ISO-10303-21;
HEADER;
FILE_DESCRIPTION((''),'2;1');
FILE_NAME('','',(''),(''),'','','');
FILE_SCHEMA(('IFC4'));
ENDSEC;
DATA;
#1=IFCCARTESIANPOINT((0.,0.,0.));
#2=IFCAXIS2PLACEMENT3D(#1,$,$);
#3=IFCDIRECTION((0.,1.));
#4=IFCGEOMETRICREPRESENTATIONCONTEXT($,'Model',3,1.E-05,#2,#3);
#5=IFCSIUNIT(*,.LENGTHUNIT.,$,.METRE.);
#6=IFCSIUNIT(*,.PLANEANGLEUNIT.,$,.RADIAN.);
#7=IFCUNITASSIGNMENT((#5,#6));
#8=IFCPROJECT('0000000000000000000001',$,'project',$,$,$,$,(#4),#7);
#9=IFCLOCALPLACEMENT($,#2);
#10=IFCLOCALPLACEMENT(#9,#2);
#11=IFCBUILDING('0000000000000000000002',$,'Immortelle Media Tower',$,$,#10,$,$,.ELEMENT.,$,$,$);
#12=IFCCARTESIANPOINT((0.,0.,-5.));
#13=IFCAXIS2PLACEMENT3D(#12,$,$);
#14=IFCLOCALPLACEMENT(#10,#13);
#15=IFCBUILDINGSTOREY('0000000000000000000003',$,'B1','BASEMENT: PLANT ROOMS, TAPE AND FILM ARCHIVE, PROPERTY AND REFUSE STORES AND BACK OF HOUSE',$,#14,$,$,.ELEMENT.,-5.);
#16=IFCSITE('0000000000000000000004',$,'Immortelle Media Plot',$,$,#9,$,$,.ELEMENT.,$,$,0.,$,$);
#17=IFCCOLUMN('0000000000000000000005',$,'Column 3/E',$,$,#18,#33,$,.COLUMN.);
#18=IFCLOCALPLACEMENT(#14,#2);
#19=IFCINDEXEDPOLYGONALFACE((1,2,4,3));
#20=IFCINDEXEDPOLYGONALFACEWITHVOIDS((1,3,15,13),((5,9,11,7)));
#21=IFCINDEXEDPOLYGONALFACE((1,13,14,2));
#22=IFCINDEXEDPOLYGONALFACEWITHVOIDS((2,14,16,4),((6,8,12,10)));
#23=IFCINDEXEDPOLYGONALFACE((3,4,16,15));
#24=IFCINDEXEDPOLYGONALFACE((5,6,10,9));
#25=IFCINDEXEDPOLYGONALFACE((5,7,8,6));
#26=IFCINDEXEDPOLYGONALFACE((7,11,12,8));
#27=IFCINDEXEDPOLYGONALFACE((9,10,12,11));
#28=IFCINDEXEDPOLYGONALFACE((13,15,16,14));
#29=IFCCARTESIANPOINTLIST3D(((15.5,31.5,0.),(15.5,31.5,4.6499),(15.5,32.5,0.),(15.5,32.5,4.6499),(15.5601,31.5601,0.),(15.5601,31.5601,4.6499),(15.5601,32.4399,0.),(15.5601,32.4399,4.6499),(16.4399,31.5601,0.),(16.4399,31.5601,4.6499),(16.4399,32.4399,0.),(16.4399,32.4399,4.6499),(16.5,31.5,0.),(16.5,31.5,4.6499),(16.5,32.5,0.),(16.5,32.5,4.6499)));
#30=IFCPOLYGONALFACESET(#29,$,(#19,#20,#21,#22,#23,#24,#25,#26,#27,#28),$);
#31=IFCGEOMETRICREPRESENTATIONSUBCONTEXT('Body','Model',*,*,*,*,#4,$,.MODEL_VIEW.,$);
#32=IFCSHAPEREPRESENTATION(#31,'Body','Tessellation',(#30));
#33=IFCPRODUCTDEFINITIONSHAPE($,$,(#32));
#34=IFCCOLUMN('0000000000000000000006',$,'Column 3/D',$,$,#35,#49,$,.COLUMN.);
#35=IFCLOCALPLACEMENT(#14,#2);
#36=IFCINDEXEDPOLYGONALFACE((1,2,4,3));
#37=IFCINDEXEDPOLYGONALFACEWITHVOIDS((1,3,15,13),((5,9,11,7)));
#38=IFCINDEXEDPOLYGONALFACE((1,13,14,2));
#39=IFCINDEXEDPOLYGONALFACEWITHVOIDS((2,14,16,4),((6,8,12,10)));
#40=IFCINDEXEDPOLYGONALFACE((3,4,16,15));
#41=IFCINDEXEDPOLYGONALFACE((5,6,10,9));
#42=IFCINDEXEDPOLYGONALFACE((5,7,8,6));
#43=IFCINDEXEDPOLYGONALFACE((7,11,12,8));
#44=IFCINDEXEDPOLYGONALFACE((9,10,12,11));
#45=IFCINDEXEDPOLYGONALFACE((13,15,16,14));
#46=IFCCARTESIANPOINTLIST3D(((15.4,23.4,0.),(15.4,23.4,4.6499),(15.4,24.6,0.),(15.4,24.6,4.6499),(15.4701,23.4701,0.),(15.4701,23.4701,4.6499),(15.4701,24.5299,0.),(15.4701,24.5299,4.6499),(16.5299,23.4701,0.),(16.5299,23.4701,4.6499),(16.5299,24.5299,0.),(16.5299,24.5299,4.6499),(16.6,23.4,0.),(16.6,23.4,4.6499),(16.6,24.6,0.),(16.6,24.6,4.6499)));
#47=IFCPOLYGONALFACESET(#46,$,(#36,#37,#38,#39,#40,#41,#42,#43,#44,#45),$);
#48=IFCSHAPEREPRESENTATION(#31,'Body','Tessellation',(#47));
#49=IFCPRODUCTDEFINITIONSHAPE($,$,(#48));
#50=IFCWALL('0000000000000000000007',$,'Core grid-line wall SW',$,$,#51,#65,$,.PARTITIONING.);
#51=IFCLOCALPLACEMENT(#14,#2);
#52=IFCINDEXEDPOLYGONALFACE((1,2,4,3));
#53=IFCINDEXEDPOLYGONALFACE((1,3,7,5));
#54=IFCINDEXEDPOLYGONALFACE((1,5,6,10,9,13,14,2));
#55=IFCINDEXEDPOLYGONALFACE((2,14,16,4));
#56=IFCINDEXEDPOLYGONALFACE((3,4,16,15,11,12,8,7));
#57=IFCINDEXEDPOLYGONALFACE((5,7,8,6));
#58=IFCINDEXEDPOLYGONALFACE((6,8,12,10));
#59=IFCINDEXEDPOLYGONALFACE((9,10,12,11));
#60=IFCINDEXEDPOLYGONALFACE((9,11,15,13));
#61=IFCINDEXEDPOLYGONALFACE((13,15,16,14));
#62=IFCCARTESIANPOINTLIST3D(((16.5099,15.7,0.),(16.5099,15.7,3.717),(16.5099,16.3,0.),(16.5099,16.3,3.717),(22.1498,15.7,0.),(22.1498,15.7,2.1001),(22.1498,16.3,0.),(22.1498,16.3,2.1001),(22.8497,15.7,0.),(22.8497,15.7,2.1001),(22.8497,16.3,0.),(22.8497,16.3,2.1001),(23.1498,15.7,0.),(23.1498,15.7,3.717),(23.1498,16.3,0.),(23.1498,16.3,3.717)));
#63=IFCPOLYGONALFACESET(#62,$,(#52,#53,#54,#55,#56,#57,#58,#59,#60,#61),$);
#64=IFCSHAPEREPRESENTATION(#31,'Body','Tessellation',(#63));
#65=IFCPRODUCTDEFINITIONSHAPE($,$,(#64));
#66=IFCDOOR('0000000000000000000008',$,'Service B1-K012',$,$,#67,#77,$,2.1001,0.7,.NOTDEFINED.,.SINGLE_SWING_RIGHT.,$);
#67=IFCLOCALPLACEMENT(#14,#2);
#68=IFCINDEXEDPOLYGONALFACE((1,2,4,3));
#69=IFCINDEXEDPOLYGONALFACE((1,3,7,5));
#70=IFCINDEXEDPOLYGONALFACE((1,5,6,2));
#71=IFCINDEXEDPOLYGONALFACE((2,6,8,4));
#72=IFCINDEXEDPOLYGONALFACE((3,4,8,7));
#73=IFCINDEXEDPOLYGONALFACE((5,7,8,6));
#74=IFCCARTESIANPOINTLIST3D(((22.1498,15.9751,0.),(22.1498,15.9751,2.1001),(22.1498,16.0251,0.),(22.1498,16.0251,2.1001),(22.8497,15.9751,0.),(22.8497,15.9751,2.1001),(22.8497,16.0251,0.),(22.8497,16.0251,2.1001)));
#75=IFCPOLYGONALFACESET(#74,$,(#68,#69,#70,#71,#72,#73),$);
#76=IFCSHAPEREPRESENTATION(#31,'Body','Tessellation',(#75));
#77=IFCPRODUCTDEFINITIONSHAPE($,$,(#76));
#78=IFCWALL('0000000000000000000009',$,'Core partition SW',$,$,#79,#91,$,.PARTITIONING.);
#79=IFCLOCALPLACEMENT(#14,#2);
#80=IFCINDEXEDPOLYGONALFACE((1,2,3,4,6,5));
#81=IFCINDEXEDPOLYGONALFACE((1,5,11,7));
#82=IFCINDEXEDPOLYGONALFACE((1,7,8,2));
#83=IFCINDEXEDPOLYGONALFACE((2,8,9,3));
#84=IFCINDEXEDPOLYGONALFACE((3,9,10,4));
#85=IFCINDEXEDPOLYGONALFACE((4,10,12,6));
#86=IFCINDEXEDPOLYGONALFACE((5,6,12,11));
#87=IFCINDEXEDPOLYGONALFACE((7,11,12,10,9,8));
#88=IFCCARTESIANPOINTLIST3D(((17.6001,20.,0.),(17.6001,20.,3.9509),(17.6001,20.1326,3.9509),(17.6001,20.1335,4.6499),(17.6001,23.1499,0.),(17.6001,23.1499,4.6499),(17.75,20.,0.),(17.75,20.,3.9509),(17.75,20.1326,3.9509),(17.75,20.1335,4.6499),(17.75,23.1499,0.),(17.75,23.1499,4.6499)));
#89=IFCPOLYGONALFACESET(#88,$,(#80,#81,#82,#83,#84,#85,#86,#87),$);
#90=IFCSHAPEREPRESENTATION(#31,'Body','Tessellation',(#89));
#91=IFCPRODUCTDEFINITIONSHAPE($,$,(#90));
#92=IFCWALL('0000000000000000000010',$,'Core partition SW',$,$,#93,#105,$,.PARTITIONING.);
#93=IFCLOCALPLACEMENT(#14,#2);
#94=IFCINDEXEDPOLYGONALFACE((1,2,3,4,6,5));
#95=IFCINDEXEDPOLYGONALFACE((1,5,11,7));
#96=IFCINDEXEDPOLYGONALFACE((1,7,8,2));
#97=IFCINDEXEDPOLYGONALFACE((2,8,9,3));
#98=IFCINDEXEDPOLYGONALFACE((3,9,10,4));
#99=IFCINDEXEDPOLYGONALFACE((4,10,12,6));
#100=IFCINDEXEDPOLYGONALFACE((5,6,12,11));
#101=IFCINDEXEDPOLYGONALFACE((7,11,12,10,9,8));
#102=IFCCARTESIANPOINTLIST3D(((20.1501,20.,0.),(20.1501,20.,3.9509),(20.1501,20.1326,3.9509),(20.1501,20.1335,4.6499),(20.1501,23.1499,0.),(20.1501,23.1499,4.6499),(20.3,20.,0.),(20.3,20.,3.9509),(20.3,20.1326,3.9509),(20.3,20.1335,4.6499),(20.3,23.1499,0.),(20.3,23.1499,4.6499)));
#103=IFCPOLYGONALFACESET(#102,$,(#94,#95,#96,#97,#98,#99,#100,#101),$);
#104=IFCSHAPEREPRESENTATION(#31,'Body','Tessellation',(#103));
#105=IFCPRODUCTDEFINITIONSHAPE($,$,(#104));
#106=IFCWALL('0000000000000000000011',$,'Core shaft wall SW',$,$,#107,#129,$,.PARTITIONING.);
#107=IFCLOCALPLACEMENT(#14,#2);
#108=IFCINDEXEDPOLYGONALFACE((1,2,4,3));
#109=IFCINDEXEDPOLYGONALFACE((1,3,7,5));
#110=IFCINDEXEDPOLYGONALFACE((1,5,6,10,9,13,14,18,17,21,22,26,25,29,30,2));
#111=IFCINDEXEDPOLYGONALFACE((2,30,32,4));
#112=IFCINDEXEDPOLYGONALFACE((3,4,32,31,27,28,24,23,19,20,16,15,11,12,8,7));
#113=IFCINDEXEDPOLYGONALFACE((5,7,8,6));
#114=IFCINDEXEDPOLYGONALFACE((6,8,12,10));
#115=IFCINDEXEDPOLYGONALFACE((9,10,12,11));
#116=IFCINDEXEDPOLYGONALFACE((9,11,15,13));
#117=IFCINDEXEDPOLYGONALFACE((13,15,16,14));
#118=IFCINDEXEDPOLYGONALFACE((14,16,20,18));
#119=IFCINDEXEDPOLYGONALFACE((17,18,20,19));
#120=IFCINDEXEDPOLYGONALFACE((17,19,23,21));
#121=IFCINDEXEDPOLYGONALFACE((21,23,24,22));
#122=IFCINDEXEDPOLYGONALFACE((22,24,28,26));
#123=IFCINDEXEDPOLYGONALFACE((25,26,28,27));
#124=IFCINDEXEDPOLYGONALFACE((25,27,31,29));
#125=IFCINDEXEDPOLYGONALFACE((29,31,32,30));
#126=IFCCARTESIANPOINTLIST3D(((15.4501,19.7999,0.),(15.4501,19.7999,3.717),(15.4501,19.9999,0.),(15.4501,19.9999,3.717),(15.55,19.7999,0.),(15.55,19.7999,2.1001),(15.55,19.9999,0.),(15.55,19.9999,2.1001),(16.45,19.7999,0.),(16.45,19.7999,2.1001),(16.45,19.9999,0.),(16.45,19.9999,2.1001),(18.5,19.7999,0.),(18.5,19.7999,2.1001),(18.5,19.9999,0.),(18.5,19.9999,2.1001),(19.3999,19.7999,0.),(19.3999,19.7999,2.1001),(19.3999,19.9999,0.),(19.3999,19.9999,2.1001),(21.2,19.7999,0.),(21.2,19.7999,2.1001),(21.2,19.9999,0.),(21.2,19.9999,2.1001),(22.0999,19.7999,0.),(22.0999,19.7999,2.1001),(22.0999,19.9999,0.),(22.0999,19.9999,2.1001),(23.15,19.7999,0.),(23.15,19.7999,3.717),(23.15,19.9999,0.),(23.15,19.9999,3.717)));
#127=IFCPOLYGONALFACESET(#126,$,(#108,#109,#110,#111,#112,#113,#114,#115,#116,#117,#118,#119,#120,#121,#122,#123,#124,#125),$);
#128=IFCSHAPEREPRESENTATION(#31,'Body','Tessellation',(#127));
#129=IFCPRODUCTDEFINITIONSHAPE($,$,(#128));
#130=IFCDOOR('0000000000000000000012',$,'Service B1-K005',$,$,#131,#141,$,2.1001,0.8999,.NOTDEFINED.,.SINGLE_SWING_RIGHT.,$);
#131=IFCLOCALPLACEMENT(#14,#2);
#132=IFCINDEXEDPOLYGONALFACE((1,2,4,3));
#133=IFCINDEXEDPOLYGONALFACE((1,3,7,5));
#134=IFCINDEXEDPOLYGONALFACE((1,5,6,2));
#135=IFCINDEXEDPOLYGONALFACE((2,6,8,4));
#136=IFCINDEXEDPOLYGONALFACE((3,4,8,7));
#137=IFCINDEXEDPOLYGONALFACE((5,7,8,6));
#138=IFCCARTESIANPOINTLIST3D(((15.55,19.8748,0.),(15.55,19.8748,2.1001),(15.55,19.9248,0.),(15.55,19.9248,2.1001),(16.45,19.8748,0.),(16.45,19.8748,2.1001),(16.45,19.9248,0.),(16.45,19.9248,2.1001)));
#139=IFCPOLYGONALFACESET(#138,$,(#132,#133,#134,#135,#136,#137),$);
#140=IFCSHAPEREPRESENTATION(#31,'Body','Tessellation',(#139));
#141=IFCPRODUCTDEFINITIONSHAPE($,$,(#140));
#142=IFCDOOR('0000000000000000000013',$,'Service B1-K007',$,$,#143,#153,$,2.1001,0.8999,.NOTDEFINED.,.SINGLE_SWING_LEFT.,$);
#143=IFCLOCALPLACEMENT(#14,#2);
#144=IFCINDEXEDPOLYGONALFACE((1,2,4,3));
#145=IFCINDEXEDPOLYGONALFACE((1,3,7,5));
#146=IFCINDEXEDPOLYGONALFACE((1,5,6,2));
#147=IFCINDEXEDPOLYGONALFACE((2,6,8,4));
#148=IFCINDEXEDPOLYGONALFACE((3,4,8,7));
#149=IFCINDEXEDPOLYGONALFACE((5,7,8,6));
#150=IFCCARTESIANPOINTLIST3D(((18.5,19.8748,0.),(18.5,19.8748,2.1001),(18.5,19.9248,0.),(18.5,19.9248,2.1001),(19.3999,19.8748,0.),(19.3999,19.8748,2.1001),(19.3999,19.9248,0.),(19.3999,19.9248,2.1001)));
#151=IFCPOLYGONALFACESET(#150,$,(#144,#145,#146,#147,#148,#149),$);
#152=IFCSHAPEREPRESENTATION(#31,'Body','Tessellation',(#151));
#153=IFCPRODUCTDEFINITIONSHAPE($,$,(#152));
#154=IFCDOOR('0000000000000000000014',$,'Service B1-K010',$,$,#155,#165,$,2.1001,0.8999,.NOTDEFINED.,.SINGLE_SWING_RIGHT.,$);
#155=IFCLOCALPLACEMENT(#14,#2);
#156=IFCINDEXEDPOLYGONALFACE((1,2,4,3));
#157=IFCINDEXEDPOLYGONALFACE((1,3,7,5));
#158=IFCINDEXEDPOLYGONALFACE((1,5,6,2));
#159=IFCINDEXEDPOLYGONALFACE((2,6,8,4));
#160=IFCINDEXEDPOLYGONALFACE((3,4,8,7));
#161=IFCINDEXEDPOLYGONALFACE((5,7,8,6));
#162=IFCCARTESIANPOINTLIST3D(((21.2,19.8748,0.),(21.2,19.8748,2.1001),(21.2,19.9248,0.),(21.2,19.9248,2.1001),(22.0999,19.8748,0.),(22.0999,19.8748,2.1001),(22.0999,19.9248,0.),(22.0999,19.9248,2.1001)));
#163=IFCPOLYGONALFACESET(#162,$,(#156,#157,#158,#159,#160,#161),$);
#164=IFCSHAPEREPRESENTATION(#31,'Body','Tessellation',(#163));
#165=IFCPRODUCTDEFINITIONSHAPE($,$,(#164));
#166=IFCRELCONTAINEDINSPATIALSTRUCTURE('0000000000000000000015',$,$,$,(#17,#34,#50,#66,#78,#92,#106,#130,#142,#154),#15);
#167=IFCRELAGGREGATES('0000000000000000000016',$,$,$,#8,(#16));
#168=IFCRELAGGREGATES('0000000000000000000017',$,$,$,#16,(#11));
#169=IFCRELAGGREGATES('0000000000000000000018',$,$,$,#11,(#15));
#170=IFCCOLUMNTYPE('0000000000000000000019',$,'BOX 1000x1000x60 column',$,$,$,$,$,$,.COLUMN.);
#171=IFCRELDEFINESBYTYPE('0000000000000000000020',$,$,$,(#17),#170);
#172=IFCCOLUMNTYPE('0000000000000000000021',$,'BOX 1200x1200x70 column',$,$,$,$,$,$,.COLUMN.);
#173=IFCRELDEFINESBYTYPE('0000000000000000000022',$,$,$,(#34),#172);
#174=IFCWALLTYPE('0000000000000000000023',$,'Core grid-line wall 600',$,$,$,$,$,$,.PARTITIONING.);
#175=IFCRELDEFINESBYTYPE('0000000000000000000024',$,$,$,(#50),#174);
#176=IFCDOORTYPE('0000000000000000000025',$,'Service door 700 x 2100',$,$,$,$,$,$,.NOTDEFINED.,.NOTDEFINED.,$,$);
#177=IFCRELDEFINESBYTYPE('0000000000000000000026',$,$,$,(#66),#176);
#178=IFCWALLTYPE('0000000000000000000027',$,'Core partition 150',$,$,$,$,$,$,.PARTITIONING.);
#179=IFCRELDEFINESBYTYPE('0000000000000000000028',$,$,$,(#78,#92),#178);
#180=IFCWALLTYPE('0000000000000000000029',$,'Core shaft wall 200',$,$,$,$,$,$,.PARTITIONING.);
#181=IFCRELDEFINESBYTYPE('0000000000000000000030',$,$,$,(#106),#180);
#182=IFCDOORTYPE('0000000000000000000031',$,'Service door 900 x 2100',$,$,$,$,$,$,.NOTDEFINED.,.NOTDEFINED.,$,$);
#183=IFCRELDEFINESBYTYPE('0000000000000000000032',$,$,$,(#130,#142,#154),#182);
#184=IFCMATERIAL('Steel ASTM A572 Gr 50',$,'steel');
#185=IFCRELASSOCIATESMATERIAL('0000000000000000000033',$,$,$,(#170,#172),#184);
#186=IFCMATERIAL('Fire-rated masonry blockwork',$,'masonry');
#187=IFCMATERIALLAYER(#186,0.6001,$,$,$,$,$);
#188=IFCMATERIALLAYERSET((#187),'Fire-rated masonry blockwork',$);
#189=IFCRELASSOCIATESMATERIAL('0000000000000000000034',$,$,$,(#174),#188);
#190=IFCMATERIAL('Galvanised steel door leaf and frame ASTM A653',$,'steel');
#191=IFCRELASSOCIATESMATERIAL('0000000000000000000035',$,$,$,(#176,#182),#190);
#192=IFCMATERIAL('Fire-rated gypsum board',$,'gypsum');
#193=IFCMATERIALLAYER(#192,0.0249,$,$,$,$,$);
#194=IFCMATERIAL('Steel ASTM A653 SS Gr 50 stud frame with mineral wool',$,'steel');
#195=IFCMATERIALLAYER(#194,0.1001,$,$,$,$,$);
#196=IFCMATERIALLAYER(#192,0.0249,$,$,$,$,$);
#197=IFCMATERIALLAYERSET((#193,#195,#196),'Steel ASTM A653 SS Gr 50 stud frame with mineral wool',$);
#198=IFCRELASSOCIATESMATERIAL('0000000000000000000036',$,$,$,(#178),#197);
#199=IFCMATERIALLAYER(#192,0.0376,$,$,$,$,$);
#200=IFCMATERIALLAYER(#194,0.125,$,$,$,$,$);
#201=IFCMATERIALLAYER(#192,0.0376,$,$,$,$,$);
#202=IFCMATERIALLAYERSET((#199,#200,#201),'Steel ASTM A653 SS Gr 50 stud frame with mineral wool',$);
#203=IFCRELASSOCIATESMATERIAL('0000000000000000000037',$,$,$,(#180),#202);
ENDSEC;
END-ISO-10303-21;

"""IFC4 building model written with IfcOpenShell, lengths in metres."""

from ifc_helpers import new_model, si_unit, direction, frame, frame_2d, origin, origin_2d, place, context, subcontext, project, spatial, polyline, rectangle, hollow_rectangle, outline, extrude, material, layer, layer_set, material_profile, profile_set, type_object, element, fill, save


model = new_model("IFC4")

# Units and contexts
model_context = context("Model", 3, precision=1e-05, world=origin(), true_north=direction((0.0, 1.0)))
body_context = subcontext(model_context, "Body", "Model", "MODEL_VIEW")
ifc_project = project(units=[si_unit("LENGTHUNIT", "METRE"), si_unit("PLANEANGLEUNIT", "RADIAN")], contexts=[model_context])

# Site, building, storey
site_placement = place(None, origin())
site = spatial("IfcSite", under=ifc_project, at=site_placement, Name="Immortelle Media Plot", CompositionType="ELEMENT", RefElevation=0.0)
building_placement = place(site_placement, origin())
building = spatial("IfcBuilding", under=site, at=building_placement, Name="Immortelle Media Tower", CompositionType="ELEMENT")
storey_placement = place(building_placement, frame((0.0, 0.0, -5.0)))
storey = spatial("IfcBuildingStorey", under=building, at=storey_placement, Name="B1", Description="BASEMENT: PLANT ROOMS, TAPE AND FILM ARCHIVE, PROPERTY AND REFUSE STORES AND BACK OF HOUSE", CompositionType="ELEMENT", Elevation=-5.0)

# Columns
ifc_material_1 = material(Name="Steel ASTM A572 Gr 50", Category="steel")
ifc_material_profile_1 = material_profile(ifc_material_1, hollow_rectangle(XDim=1.0, YDim=1.0, WallThickness=0.0601, at=origin_2d()), Name="BOX 1000x1000x60 column")
ifc_profile_set_1 = profile_set([ifc_material_profile_1], Name="Steel ASTM A572 Gr 50")
column_type_1 = type_object("IfcColumnType", Name="BOX 1000x1000x60 column", PredefinedType="COLUMN", material=ifc_profile_set_1)
column_1_placement = place(storey_placement, frame((16.0, 32.0, 0.0), z_axis=(0.0, 0.0, 1.0), x_axis=(1.0, 0.0, 0.0)))
element("IfcColumn", 1, at=column_1_placement, inside=storey, type_object=column_type_1, Name="Column 3/E", PredefinedType="COLUMN", context=body_context, shape_type="SweptSolid", body=[
    extrude(hollow_rectangle(XDim=1.0, YDim=1.0, WallThickness=0.0601, at=origin_2d()), origin(), (0.0, 0.0, 1.0), 4.6499),
])
ifc_material_profile_2 = material_profile(ifc_material_1, hollow_rectangle(XDim=1.2, YDim=1.2, WallThickness=0.0701, at=origin_2d()), Name="BOX 1200x1200x70 column")
ifc_profile_set_2 = profile_set([ifc_material_profile_2], Name="Steel ASTM A572 Gr 50")
column_type_2 = type_object("IfcColumnType", Name="BOX 1200x1200x70 column", PredefinedType="COLUMN", material=ifc_profile_set_2)
column_2_placement = place(storey_placement, frame((16.0, 24.0, 0.0), z_axis=(0.0, 0.0, 1.0), x_axis=(1.0, 0.0, 0.0)))
element("IfcColumn", 2, at=column_2_placement, inside=storey, type_object=column_type_2, Name="Column 3/D", PredefinedType="COLUMN", context=body_context, shape_type="SweptSolid", body=[
    extrude(hollow_rectangle(XDim=1.2, YDim=1.2, WallThickness=0.0701, at=origin_2d()), origin(), (0.0, 0.0, 1.0), 4.6499),
])

# Wall, opening, door
ifc_material_2 = material(Name="Fire-rated masonry blockwork", Category="masonry")
ifc_layer_1 = layer(ifc_material_2, 0.6001)
ifc_layer_set_1 = layer_set([ifc_layer_1], Name="Fire-rated masonry blockwork")
wall_type_1 = type_object("IfcWallType", Name="Core grid-line wall 600", PredefinedType="PARTITIONING", material=ifc_layer_set_1)
wall_1_placement = place(storey_placement, frame((16.51, 16.0, 0.0), z_axis=(0.0, 0.0, 1.0), x_axis=(1.0, 0.0, 0.0)))
wall_1 = element("IfcWall", 3, at=wall_1_placement, inside=storey, type_object=wall_type_1, Name="Core grid-line wall SW", PredefinedType="PARTITIONING", context=body_context, shape_type="SweptSolid", body=[
    extrude(rectangle(XDim=6.6399, YDim=0.6001, at=frame_2d((3.3198, 0.0))), origin(), (0.0, 0.0, 1.0), 3.717),
])
opening_1_placement = place(wall_1_placement, frame((6.3398, 0.0, 0.0), z_axis=(0.0, 0.0, 1.0), x_axis=(-1.0, 0.0, 0.0)))
opening_1 = element("IfcOpeningElement", 4, at=opening_1_placement, cuts=wall_1, PredefinedType="OPENING", context=body_context, shape_type="SweptSolid", body=[
    extrude(rectangle(XDim=0.7, YDim=2.1001, at=frame_2d((0.3501, 1.05))), frame((0.0, 0.3101, 0.0), z_axis=(0.0, -1.0, 0.0), x_axis=(1.0, 0.0, 0.0)), (0.0, 0.0, 1.0), 0.6201),
])
ifc_material_3 = material(Name="Galvanised steel door leaf and frame ASTM A653", Category="steel")
door_type_1 = type_object("IfcDoorType", Name="Service door 700 x 2100", OperationType="NOTDEFINED", PredefinedType="NOTDEFINED", material=ifc_material_3)
door_1_placement = place(opening_1_placement, origin())
door_1 = element("IfcDoor", 5, at=door_1_placement, inside=storey, type_object=door_type_1, Name="Service B1-K012", OperationType="SINGLE_SWING_RIGHT", OverallHeight=2.1001, OverallWidth=0.7, PredefinedType="NOTDEFINED", context=body_context, shape_type="SweptSolid", body=[
    extrude(rectangle(XDim=0.7, YDim=2.1001, at=frame_2d((0.3501, 1.05))), frame((0.0, 0.0249, 0.0), z_axis=(0.0, -1.0, 0.0), x_axis=(1.0, 0.0, 0.0)), (0.0, 0.0, 1.0), 0.05),
])
fill(opening_1, door_1)

# Walls
ifc_material_4 = material(Name="Fire-rated gypsum board", Category="gypsum")
ifc_layer_2 = layer(ifc_material_4, 0.0249)
ifc_material_5 = material(Name="Steel ASTM A653 SS Gr 50 stud frame with mineral wool", Category="steel")
ifc_layer_3 = layer(ifc_material_5, 0.1001)
ifc_layer_4 = layer(ifc_material_4, 0.0249)
ifc_layer_set_2 = layer_set([ifc_layer_2, ifc_layer_3, ifc_layer_4], Name="Steel ASTM A653 SS Gr 50 stud frame with mineral wool")
wall_type_2 = type_object("IfcWallType", Name="Core partition 150", PredefinedType="PARTITIONING", material=ifc_layer_set_2)
for number, where, z_axis, x_axis, name in (
    (6, (17.675, 20.0, 0.0), (0.0, 0.0, 1.0), (0.0, 1.0, 0.0), "Core partition SW"),
    (7, (20.2251, 20.0, 0.0), (0.0, 0.0, 1.0), (0.0, 1.0, 0.0), "Core partition SW"),
):
    element("IfcWall", number, at=place(storey_placement, frame(where, z_axis=z_axis, x_axis=x_axis)), inside=storey, type_object=wall_type_2, Name=name, PredefinedType="PARTITIONING", context=body_context, shape_type="SweptSolid", body=[
        extrude(outline(polyline([(0.0, 0.0), (3.1499, 0.0), (3.1499, 4.6499), (0.1335, 4.6499), (0.1326, 3.9509), (0.0, 3.9509), (0.0, 0.0)])), frame((0.0, 0.075, 0.0), z_axis=(0.0, -1.0, 0.0), x_axis=(1.0, 0.0, 0.0)), (0.0, 0.0, 1.0), 0.1499),
    ])

# Wall, openings, doors
ifc_layer_5 = layer(ifc_material_4, 0.0376)
ifc_layer_6 = layer(ifc_material_5, 0.125)
ifc_layer_7 = layer(ifc_material_4, 0.0376)
ifc_layer_set_3 = layer_set([ifc_layer_5, ifc_layer_6, ifc_layer_7], Name="Steel ASTM A653 SS Gr 50 stud frame with mineral wool")
wall_type_3 = type_object("IfcWallType", Name="Core shaft wall 200", PredefinedType="PARTITIONING", material=ifc_layer_set_3)
wall_2_placement = place(storey_placement, frame((15.45, 19.8999, 0.0), z_axis=(0.0, 0.0, 1.0), x_axis=(1.0, 0.0, 0.0)))
wall_2 = element("IfcWall", 8, at=wall_2_placement, inside=storey, type_object=wall_type_3, Name="Core shaft wall SW", PredefinedType="PARTITIONING", context=body_context, shape_type="SweptSolid", body=[
    extrude(rectangle(XDim=7.7, YDim=0.2, at=frame_2d((3.8501, 0.0))), origin(), (0.0, 0.0, 1.0), 3.717),
])
opening_2_placement = place(wall_2_placement, frame((0.1001, 0.0, 0.0)))
opening_2 = element("IfcOpeningElement", 9, at=opening_2_placement, cuts=wall_2, PredefinedType="OPENING", context=body_context, shape_type="SweptSolid", body=[
    extrude(rectangle(XDim=0.8999, YDim=2.1001, at=frame_2d((0.45, 1.05))), frame((0.0, 0.1099, 0.0), z_axis=(0.0, -1.0, 0.0), x_axis=(1.0, 0.0, 0.0)), (0.0, 0.0, 1.0), 0.22),
])
opening_3_placement = place(wall_2_placement, frame((3.05, 0.0, 0.0)))
opening_3 = element("IfcOpeningElement", 10, at=opening_3_placement, cuts=wall_2, PredefinedType="OPENING", context=body_context, shape_type="SweptSolid", body=[
    extrude(rectangle(XDim=0.8999, YDim=2.1001, at=frame_2d((0.45, 1.05))), frame((0.0, 0.1099, 0.0), z_axis=(0.0, -1.0, 0.0), x_axis=(1.0, 0.0, 0.0)), (0.0, 0.0, 1.0), 0.22),
])
opening_4_placement = place(wall_2_placement, frame((5.75, 0.0, 0.0)))
opening_4 = element("IfcOpeningElement", 11, at=opening_4_placement, cuts=wall_2, PredefinedType="OPENING", context=body_context, shape_type="SweptSolid", body=[
    extrude(rectangle(XDim=0.8999, YDim=2.1001, at=frame_2d((0.45, 1.05))), frame((0.0, 0.1099, 0.0), z_axis=(0.0, -1.0, 0.0), x_axis=(1.0, 0.0, 0.0)), (0.0, 0.0, 1.0), 0.22),
])
door_type_2 = type_object("IfcDoorType", Name="Service door 900 x 2100", OperationType="NOTDEFINED", PredefinedType="NOTDEFINED", material=ifc_material_3)
door_2_placement = place(opening_2_placement, origin())
door_2 = element("IfcDoor", 12, at=door_2_placement, inside=storey, type_object=door_type_2, Name="Service B1-K005", OperationType="SINGLE_SWING_RIGHT", OverallHeight=2.1001, OverallWidth=0.8999, PredefinedType="NOTDEFINED", context=body_context, shape_type="SweptSolid", body=[
    extrude(rectangle(XDim=0.8999, YDim=2.1001, at=frame_2d((0.45, 1.05))), frame((0.0, 0.0249, 0.0), z_axis=(0.0, -1.0, 0.0), x_axis=(1.0, 0.0, 0.0)), (0.0, 0.0, 1.0), 0.05),
])
fill(opening_2, door_2)
door_3_placement = place(opening_3_placement, origin())
door_3 = element("IfcDoor", 13, at=door_3_placement, inside=storey, type_object=door_type_2, Name="Service B1-K007", OperationType="SINGLE_SWING_LEFT", OverallHeight=2.1001, OverallWidth=0.8999, PredefinedType="NOTDEFINED", context=body_context, shape_type="SweptSolid", body=[
    extrude(rectangle(XDim=0.8999, YDim=2.1001, at=frame_2d((0.45, 1.05))), frame((0.0, 0.0249, 0.0), z_axis=(0.0, -1.0, 0.0), x_axis=(1.0, 0.0, 0.0)), (0.0, 0.0, 1.0), 0.05),
])
fill(opening_3, door_3)
door_4_placement = place(opening_4_placement, origin())
door_4 = element("IfcDoor", 14, at=door_4_placement, inside=storey, type_object=door_type_2, Name="Service B1-K010", OperationType="SINGLE_SWING_RIGHT", OverallHeight=2.1001, OverallWidth=0.8999, PredefinedType="NOTDEFINED", context=body_context, shape_type="SweptSolid", body=[
    extrude(rectangle(XDim=0.8999, YDim=2.1001, at=frame_2d((0.45, 1.05))), frame((0.0, 0.0249, 0.0), z_axis=(0.0, -1.0, 0.0), x_axis=(1.0, 0.0, 0.0)), (0.0, 0.0, 1.0), 0.05),
])
fill(opening_4, door_4)

save(model, "model.ifc")
